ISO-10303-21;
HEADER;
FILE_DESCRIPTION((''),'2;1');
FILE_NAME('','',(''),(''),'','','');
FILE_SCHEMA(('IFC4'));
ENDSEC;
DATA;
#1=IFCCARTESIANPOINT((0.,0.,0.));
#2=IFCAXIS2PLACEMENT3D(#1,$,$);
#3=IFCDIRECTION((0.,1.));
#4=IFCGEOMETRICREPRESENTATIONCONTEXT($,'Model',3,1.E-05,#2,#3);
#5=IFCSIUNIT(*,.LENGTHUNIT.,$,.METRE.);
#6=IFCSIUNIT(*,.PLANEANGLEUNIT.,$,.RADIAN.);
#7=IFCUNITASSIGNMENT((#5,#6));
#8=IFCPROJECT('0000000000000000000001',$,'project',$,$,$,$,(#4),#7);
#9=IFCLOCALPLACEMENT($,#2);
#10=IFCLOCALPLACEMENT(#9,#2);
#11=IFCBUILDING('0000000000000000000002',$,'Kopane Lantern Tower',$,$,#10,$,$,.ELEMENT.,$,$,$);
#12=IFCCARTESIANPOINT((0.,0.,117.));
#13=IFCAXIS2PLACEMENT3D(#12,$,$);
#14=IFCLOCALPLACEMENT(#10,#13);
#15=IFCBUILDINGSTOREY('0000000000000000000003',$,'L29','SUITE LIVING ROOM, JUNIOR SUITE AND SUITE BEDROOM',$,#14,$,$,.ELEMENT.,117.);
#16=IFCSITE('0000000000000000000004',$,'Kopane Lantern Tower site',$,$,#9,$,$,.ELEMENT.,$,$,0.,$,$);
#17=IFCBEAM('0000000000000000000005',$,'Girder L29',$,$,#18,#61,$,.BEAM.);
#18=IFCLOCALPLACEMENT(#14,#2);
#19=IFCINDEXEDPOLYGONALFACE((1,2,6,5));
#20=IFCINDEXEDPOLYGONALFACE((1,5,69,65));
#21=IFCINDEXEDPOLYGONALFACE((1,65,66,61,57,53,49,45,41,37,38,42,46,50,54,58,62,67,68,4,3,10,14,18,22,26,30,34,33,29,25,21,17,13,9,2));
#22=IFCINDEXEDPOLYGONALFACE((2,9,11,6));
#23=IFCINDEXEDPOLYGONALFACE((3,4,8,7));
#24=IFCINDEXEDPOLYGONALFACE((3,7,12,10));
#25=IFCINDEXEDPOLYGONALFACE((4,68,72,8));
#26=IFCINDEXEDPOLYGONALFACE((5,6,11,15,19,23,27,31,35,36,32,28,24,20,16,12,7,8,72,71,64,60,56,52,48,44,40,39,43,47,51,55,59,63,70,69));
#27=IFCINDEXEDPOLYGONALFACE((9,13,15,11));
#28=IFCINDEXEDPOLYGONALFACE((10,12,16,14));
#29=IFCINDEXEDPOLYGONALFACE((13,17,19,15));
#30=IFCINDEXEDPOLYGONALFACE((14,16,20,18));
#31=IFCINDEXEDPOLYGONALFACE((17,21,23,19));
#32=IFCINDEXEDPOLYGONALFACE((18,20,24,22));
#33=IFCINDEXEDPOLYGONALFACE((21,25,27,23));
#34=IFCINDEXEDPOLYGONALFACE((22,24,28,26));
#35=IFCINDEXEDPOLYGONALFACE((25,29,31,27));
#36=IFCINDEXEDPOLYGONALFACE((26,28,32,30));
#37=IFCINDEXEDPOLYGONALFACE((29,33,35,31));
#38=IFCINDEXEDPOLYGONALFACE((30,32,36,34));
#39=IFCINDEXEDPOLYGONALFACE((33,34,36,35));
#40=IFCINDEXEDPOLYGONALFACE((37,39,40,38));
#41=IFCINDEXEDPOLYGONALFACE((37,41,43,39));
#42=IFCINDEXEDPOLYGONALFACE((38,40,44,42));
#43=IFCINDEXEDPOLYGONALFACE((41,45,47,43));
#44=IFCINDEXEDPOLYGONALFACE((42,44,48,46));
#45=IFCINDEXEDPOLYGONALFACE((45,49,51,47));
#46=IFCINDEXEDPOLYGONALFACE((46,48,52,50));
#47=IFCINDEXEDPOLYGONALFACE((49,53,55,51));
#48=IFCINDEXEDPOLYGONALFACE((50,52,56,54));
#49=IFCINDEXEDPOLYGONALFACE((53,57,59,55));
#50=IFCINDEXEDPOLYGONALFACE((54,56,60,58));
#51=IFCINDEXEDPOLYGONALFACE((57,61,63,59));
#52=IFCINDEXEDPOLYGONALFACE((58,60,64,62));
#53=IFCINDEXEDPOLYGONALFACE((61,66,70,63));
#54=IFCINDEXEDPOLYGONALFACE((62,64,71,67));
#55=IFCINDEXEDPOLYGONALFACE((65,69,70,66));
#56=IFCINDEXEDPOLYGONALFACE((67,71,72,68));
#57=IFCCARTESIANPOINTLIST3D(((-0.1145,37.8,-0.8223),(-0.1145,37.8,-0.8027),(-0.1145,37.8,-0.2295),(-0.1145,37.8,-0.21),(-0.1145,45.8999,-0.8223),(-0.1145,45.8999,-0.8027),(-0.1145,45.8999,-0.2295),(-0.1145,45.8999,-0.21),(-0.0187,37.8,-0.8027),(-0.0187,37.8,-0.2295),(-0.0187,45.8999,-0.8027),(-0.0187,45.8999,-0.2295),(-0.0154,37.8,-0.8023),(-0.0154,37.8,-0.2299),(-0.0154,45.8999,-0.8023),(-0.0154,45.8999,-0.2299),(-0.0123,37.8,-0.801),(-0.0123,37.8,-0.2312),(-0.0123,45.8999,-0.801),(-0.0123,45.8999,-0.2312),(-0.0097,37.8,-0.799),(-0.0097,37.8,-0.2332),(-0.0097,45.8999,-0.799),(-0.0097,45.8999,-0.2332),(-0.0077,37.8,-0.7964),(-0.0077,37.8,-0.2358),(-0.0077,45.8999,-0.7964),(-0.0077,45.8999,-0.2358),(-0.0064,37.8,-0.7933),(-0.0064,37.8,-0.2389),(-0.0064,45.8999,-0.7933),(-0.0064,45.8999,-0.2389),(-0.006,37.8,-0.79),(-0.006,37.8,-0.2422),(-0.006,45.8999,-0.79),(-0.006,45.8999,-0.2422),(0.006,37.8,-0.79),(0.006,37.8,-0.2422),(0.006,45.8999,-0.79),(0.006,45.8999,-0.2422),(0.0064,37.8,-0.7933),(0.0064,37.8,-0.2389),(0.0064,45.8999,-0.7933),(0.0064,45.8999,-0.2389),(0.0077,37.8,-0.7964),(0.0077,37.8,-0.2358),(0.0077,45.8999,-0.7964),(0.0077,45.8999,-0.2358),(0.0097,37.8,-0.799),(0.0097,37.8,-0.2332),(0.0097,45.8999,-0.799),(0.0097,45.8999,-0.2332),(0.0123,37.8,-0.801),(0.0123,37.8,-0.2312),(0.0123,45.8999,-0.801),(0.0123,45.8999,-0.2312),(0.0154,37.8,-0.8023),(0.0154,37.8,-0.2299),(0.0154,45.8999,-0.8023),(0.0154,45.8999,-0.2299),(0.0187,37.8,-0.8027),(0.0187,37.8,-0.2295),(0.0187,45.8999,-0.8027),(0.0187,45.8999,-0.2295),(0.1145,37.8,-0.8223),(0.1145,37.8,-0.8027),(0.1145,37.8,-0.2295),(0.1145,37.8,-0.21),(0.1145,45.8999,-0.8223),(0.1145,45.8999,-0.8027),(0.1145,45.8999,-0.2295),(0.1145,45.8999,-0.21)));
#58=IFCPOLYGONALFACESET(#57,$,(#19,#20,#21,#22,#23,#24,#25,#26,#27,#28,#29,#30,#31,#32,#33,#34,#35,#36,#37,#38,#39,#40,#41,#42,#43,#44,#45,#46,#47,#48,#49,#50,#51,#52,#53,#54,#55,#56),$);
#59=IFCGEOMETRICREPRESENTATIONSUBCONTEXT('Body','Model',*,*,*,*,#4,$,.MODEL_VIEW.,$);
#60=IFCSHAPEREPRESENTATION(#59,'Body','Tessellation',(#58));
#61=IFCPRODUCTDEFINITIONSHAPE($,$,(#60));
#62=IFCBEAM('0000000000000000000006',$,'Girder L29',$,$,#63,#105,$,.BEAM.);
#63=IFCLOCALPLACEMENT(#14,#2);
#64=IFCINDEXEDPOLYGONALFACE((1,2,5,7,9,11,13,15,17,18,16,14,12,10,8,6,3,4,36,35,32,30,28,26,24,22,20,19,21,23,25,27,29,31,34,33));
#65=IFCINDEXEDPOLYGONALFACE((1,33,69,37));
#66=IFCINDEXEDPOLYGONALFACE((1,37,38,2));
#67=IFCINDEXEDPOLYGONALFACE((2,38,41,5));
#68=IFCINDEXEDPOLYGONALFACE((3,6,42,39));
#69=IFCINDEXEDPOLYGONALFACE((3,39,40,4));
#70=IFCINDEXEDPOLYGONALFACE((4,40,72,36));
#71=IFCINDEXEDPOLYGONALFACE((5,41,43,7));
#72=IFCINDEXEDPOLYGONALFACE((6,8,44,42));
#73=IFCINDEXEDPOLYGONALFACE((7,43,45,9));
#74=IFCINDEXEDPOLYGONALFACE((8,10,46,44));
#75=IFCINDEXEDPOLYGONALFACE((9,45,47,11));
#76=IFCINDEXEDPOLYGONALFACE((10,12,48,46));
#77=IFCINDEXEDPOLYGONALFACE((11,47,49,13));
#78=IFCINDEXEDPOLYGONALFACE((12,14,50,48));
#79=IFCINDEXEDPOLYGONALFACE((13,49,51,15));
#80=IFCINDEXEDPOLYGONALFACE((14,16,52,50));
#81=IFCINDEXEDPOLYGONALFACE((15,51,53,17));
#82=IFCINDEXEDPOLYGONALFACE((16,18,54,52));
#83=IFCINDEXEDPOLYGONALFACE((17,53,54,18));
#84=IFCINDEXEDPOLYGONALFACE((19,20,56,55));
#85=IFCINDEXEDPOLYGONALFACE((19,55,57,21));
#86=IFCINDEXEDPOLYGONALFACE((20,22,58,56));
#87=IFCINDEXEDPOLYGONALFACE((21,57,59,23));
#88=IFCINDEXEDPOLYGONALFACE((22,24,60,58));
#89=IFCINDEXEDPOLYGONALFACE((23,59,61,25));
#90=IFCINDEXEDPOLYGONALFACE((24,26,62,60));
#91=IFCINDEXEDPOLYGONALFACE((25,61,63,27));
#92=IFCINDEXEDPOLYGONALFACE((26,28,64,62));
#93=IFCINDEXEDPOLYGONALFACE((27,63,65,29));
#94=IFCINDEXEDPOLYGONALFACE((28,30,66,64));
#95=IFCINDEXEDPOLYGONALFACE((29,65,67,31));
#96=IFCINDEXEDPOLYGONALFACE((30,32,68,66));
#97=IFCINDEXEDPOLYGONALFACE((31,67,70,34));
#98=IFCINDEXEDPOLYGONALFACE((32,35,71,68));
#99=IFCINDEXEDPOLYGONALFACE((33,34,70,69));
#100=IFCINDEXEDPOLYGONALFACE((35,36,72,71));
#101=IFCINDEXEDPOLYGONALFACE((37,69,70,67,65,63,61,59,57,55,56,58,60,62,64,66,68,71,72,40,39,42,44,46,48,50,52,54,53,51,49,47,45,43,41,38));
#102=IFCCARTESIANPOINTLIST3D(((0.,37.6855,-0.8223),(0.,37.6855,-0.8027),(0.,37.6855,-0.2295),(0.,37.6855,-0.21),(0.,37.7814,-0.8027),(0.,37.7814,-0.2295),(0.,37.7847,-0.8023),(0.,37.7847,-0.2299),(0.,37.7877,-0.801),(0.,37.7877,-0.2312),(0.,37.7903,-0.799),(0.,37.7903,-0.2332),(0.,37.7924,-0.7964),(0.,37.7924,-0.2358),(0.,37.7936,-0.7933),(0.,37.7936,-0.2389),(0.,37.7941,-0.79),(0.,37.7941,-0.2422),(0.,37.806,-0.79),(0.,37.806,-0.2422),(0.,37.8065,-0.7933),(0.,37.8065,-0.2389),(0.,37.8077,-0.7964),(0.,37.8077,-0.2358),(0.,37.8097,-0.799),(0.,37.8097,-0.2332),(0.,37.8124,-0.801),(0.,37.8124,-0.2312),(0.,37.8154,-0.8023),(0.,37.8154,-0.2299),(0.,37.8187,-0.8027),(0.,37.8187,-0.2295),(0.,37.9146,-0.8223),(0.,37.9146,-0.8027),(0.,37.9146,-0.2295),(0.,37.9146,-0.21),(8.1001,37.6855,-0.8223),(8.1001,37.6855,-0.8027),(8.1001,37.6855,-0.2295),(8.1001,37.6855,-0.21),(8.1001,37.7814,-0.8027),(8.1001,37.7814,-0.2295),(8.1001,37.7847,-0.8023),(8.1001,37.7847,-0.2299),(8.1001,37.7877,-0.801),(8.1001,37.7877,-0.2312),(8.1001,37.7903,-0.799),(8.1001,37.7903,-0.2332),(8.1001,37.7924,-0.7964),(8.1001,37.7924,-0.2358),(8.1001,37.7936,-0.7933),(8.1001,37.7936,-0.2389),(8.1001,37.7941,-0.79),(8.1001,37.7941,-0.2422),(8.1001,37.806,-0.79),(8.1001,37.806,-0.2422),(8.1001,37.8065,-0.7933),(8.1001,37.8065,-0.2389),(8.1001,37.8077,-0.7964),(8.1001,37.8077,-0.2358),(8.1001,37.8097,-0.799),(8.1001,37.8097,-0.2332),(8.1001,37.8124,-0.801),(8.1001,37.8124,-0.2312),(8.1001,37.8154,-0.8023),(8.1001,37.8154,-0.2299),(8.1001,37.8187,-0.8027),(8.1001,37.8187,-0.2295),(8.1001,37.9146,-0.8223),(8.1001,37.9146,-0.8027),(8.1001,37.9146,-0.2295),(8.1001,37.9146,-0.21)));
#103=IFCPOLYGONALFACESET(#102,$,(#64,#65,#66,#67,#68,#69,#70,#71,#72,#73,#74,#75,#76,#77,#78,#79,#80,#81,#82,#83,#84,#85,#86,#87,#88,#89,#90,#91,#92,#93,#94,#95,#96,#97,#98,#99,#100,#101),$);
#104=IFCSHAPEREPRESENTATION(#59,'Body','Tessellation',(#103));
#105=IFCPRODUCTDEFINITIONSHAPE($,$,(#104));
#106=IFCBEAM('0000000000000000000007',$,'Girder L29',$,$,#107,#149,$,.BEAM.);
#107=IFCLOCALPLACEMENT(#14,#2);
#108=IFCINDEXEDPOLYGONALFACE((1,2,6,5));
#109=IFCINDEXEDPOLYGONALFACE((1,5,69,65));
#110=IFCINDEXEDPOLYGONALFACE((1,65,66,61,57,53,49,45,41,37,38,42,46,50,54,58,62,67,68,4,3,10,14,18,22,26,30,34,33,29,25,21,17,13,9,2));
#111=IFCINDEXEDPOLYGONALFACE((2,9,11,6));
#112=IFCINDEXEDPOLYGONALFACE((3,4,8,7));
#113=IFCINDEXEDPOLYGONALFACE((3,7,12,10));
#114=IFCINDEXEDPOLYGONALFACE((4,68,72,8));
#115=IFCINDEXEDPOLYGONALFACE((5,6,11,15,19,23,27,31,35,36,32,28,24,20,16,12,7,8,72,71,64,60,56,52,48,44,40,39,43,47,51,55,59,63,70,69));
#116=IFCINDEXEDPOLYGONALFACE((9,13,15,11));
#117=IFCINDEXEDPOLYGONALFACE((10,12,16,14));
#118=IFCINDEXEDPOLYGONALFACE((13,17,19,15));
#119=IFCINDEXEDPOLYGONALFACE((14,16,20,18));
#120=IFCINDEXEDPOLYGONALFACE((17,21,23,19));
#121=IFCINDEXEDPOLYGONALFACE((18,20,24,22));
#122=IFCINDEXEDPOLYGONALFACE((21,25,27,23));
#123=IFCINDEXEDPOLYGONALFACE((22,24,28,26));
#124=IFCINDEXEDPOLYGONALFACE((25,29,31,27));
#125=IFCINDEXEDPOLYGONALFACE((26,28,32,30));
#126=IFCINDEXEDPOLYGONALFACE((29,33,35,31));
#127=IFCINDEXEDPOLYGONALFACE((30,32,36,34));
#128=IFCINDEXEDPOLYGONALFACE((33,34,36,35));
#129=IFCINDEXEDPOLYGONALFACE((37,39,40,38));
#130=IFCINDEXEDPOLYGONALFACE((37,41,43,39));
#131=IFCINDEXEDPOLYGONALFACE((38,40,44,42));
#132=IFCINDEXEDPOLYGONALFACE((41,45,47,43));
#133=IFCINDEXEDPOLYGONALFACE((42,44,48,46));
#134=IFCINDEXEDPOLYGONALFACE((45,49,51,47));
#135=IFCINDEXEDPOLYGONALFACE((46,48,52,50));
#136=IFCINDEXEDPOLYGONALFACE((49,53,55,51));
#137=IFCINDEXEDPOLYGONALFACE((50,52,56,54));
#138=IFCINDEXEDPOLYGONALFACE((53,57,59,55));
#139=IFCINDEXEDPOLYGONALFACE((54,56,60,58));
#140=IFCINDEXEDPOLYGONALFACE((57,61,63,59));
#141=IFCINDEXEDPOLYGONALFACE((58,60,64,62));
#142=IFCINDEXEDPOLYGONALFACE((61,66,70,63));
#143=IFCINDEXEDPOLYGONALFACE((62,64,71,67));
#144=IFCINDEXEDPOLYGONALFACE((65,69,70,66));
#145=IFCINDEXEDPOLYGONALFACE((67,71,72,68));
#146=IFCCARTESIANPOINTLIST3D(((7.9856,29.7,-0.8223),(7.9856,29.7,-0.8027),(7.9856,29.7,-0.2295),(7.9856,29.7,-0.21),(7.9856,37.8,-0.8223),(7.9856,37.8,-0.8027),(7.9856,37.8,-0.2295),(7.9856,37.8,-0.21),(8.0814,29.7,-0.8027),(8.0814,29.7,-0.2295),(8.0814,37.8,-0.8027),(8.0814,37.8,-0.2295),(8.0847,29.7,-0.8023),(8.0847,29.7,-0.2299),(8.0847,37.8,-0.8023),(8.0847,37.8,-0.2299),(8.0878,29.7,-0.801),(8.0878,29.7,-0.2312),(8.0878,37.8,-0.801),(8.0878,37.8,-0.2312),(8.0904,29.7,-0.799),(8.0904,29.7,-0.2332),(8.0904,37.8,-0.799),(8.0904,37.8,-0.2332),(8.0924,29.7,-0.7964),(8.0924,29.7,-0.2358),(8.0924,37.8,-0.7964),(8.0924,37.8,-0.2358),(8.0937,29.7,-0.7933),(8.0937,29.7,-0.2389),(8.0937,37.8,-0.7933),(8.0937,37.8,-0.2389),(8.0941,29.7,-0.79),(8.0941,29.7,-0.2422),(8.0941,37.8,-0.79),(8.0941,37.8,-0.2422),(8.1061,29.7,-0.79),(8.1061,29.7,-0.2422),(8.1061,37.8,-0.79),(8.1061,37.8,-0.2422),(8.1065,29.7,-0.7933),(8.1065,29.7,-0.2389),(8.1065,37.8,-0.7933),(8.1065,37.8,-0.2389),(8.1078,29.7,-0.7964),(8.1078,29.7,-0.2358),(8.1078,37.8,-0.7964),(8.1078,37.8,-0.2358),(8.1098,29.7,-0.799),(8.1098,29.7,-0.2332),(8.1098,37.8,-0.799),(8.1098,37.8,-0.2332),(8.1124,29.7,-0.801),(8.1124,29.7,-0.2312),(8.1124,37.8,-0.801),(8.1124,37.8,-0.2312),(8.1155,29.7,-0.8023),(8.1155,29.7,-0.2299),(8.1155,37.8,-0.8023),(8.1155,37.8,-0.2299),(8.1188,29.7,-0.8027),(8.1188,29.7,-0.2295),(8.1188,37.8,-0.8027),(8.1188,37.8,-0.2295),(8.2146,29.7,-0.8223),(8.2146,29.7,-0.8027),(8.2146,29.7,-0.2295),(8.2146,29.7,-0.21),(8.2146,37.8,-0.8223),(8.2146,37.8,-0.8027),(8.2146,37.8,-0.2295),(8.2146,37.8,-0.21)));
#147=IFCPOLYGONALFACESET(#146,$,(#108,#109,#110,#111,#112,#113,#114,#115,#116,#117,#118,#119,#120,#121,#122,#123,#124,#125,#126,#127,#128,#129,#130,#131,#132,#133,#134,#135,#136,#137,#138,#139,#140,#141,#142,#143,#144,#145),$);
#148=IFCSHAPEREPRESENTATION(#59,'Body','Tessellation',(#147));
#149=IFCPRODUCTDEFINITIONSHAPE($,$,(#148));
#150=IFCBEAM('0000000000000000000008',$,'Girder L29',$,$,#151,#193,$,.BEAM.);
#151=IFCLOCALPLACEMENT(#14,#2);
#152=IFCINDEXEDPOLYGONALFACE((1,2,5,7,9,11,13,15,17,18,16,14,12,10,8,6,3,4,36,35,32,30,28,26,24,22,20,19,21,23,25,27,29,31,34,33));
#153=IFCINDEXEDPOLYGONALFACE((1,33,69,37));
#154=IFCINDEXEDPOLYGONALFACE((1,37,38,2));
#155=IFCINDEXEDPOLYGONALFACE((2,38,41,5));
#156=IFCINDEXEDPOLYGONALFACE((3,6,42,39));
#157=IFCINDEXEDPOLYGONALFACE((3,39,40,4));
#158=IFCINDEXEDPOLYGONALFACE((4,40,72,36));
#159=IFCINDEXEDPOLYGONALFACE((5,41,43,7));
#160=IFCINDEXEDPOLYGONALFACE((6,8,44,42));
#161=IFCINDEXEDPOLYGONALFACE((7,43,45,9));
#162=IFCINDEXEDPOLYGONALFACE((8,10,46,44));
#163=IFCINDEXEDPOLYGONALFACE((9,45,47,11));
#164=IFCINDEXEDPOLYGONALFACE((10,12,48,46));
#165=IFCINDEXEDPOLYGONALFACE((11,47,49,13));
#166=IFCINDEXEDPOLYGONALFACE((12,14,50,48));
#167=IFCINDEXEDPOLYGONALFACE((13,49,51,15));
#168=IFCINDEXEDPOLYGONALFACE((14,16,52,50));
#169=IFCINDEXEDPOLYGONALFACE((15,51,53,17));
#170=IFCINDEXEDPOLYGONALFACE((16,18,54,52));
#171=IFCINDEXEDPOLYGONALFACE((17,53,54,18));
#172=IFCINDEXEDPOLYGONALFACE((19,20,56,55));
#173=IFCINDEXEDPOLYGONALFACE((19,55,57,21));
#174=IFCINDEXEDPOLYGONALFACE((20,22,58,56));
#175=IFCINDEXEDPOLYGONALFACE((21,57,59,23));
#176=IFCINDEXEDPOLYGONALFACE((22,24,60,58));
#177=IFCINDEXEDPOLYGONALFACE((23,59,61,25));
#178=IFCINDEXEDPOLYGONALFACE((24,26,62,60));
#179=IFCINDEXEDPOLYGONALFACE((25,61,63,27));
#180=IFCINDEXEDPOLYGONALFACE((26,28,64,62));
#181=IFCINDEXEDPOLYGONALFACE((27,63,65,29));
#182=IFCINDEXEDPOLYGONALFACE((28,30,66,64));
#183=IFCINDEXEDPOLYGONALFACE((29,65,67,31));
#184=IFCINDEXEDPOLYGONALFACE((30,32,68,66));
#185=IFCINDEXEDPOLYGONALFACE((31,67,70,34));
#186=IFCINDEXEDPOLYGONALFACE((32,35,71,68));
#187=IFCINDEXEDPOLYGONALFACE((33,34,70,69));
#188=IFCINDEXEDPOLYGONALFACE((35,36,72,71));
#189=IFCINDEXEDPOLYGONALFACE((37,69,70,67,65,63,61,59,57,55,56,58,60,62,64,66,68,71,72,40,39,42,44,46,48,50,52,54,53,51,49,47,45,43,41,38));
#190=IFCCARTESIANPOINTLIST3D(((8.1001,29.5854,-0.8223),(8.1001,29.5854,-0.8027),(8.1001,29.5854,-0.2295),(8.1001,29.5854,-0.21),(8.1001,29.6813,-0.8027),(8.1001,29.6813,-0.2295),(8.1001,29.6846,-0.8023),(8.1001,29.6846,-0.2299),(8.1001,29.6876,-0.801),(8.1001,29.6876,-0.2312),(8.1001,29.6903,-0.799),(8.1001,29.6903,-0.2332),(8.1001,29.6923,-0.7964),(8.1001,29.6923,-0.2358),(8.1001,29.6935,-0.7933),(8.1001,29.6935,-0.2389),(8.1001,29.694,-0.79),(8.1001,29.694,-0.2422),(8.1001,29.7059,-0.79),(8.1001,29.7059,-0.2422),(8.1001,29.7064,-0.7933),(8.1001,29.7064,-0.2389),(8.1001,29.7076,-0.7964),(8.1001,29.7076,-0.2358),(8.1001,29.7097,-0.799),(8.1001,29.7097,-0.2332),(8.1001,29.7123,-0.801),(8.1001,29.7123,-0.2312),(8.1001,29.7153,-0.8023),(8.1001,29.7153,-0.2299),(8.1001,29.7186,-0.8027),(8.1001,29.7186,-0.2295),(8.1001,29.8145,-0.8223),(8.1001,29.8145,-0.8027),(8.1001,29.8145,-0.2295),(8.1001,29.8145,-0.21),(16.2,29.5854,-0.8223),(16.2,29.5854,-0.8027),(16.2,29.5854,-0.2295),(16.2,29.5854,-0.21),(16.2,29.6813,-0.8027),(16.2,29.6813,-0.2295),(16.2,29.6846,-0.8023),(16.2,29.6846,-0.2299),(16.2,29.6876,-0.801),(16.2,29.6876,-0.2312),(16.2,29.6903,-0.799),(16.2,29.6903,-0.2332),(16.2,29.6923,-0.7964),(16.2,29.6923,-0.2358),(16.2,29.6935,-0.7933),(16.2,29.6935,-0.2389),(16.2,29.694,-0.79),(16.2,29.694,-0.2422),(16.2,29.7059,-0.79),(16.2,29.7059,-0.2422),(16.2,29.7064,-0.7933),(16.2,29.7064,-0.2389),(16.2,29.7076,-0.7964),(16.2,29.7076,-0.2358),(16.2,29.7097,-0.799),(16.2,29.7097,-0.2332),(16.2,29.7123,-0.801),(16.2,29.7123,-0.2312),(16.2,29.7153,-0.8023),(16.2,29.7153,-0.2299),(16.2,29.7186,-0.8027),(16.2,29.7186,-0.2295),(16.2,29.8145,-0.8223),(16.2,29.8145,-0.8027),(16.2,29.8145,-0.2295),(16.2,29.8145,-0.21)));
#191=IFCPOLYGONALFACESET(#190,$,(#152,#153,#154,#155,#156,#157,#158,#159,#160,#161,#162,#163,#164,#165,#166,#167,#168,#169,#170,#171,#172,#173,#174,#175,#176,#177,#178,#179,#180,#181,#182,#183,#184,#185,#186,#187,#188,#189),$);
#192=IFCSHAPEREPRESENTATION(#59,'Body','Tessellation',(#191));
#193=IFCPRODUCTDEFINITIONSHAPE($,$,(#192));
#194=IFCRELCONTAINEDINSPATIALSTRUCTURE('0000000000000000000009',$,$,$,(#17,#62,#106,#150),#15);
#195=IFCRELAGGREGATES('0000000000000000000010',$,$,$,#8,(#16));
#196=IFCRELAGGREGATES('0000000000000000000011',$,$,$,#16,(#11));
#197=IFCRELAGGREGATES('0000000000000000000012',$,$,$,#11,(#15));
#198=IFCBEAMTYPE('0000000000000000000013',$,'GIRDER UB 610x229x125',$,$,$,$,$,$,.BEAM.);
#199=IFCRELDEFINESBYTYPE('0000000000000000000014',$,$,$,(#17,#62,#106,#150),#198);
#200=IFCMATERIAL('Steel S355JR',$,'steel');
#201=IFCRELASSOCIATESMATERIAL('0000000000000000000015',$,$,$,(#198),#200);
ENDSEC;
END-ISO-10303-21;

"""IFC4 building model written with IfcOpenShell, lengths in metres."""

from ifc_helpers import new_model, si_unit, direction, frame, origin, origin_2d, place, context, subcontext, project, spatial, i_section, extrude, material, material_profile, profile_set, type_object, element, save


model = new_model("IFC4")

# Units and contexts
model_context = context("Model", 3, precision=1e-05, world=origin(), true_north=direction((0.0, 1.0)))
body_context = subcontext(model_context, "Body", "Model", "MODEL_VIEW")
ifc_project = project(units=[si_unit("LENGTHUNIT", "METRE"), si_unit("PLANEANGLEUNIT", "RADIAN")], contexts=[model_context])

# Site, building, storey
site_placement = place(None, origin())
site = spatial("IfcSite", under=ifc_project, at=site_placement, Name="Kopane Lantern Tower site", CompositionType="ELEMENT", RefElevation=0.0)
building_placement = place(site_placement, origin())
building = spatial("IfcBuilding", under=site, at=building_placement, Name="Kopane Lantern Tower", CompositionType="ELEMENT")
storey_placement = place(building_placement, frame((0.0, 0.0, 117.0)))
storey = spatial("IfcBuildingStorey", under=building, at=storey_placement, Name="L29", Description="SUITE LIVING ROOM, JUNIOR SUITE AND SUITE BEDROOM", CompositionType="ELEMENT", Elevation=117.0)

# Beams
ifc_material_1 = material(Name="Steel S355JR", Category="steel")
ifc_material_profile_1 = material_profile(ifc_material_1, i_section(OverallWidth=0.229, OverallDepth=0.6123, WebThickness=0.012, FlangeThickness=0.0195, FilletRadius=0.0127, at=origin_2d()), Name="UB 610x229x125")
ifc_profile_set_1 = profile_set([ifc_material_profile_1], Name="Steel S355JR")
beam_type = type_object("IfcBeamType", Name="GIRDER UB 610x229x125", PredefinedType="BEAM", material=ifc_profile_set_1)
beam_placement = place(storey_placement, frame((0.0, 37.8, -0.5161), z_axis=(0.0, 1.0, 0.0), x_axis=(-1.0, 0.0, 0.0)))
element("IfcBeam", 1, at=beam_placement, inside=storey, type_object=beam_type, Name="Girder L29", PredefinedType="BEAM", context=body_context, shape_type="SweptSolid", body=[
    extrude(i_section(OverallWidth=0.229, OverallDepth=0.6123, WebThickness=0.012, FlangeThickness=0.0195, FilletRadius=0.0127, at=origin_2d()), origin(), (0.0, 0.0, 1.0), 8.0999),
])
for number, where, z_axis, x_axis, name in (
    (2, (0.0, 37.8, -0.5161), (1.0, 0.0, 0.0), (0.0, 1.0, 0.0), "Girder L29"),
    (3, (8.1001, 29.7, -0.5161), (0.0, 1.0, 0.0), (-1.0, 0.0, 0.0), "Girder L29"),
):
    element("IfcBeam", number, at=place(storey_placement, frame(where, z_axis=z_axis, x_axis=x_axis)), inside=storey, type_object=beam_type, Name=name, PredefinedType="BEAM", context=body_context, shape_type="SweptSolid", body=[
        extrude(i_section(OverallWidth=0.229, OverallDepth=0.6123, WebThickness=0.012, FlangeThickness=0.0195, FilletRadius=0.0127, at=origin_2d()), origin(), (0.0, 0.0, 1.0), 8.1001),
    ])
for number, where, z_axis, x_axis, name in (
    (4, (8.1001, 29.7, -0.5161), (1.0, 0.0, 0.0), (0.0, 1.0, 0.0), "Girder L29"),
):
    element("IfcBeam", number, at=place(storey_placement, frame(where, z_axis=z_axis, x_axis=x_axis)), inside=storey, type_object=beam_type, Name=name, PredefinedType="BEAM", context=body_context, shape_type="SweptSolid", body=[
        extrude(i_section(OverallWidth=0.229, OverallDepth=0.6123, WebThickness=0.012, FlangeThickness=0.0195, FilletRadius=0.0127, at=origin_2d()), origin(), (0.0, 0.0, 1.0), 8.0999),
    ])

save(model, "model.ifc")
